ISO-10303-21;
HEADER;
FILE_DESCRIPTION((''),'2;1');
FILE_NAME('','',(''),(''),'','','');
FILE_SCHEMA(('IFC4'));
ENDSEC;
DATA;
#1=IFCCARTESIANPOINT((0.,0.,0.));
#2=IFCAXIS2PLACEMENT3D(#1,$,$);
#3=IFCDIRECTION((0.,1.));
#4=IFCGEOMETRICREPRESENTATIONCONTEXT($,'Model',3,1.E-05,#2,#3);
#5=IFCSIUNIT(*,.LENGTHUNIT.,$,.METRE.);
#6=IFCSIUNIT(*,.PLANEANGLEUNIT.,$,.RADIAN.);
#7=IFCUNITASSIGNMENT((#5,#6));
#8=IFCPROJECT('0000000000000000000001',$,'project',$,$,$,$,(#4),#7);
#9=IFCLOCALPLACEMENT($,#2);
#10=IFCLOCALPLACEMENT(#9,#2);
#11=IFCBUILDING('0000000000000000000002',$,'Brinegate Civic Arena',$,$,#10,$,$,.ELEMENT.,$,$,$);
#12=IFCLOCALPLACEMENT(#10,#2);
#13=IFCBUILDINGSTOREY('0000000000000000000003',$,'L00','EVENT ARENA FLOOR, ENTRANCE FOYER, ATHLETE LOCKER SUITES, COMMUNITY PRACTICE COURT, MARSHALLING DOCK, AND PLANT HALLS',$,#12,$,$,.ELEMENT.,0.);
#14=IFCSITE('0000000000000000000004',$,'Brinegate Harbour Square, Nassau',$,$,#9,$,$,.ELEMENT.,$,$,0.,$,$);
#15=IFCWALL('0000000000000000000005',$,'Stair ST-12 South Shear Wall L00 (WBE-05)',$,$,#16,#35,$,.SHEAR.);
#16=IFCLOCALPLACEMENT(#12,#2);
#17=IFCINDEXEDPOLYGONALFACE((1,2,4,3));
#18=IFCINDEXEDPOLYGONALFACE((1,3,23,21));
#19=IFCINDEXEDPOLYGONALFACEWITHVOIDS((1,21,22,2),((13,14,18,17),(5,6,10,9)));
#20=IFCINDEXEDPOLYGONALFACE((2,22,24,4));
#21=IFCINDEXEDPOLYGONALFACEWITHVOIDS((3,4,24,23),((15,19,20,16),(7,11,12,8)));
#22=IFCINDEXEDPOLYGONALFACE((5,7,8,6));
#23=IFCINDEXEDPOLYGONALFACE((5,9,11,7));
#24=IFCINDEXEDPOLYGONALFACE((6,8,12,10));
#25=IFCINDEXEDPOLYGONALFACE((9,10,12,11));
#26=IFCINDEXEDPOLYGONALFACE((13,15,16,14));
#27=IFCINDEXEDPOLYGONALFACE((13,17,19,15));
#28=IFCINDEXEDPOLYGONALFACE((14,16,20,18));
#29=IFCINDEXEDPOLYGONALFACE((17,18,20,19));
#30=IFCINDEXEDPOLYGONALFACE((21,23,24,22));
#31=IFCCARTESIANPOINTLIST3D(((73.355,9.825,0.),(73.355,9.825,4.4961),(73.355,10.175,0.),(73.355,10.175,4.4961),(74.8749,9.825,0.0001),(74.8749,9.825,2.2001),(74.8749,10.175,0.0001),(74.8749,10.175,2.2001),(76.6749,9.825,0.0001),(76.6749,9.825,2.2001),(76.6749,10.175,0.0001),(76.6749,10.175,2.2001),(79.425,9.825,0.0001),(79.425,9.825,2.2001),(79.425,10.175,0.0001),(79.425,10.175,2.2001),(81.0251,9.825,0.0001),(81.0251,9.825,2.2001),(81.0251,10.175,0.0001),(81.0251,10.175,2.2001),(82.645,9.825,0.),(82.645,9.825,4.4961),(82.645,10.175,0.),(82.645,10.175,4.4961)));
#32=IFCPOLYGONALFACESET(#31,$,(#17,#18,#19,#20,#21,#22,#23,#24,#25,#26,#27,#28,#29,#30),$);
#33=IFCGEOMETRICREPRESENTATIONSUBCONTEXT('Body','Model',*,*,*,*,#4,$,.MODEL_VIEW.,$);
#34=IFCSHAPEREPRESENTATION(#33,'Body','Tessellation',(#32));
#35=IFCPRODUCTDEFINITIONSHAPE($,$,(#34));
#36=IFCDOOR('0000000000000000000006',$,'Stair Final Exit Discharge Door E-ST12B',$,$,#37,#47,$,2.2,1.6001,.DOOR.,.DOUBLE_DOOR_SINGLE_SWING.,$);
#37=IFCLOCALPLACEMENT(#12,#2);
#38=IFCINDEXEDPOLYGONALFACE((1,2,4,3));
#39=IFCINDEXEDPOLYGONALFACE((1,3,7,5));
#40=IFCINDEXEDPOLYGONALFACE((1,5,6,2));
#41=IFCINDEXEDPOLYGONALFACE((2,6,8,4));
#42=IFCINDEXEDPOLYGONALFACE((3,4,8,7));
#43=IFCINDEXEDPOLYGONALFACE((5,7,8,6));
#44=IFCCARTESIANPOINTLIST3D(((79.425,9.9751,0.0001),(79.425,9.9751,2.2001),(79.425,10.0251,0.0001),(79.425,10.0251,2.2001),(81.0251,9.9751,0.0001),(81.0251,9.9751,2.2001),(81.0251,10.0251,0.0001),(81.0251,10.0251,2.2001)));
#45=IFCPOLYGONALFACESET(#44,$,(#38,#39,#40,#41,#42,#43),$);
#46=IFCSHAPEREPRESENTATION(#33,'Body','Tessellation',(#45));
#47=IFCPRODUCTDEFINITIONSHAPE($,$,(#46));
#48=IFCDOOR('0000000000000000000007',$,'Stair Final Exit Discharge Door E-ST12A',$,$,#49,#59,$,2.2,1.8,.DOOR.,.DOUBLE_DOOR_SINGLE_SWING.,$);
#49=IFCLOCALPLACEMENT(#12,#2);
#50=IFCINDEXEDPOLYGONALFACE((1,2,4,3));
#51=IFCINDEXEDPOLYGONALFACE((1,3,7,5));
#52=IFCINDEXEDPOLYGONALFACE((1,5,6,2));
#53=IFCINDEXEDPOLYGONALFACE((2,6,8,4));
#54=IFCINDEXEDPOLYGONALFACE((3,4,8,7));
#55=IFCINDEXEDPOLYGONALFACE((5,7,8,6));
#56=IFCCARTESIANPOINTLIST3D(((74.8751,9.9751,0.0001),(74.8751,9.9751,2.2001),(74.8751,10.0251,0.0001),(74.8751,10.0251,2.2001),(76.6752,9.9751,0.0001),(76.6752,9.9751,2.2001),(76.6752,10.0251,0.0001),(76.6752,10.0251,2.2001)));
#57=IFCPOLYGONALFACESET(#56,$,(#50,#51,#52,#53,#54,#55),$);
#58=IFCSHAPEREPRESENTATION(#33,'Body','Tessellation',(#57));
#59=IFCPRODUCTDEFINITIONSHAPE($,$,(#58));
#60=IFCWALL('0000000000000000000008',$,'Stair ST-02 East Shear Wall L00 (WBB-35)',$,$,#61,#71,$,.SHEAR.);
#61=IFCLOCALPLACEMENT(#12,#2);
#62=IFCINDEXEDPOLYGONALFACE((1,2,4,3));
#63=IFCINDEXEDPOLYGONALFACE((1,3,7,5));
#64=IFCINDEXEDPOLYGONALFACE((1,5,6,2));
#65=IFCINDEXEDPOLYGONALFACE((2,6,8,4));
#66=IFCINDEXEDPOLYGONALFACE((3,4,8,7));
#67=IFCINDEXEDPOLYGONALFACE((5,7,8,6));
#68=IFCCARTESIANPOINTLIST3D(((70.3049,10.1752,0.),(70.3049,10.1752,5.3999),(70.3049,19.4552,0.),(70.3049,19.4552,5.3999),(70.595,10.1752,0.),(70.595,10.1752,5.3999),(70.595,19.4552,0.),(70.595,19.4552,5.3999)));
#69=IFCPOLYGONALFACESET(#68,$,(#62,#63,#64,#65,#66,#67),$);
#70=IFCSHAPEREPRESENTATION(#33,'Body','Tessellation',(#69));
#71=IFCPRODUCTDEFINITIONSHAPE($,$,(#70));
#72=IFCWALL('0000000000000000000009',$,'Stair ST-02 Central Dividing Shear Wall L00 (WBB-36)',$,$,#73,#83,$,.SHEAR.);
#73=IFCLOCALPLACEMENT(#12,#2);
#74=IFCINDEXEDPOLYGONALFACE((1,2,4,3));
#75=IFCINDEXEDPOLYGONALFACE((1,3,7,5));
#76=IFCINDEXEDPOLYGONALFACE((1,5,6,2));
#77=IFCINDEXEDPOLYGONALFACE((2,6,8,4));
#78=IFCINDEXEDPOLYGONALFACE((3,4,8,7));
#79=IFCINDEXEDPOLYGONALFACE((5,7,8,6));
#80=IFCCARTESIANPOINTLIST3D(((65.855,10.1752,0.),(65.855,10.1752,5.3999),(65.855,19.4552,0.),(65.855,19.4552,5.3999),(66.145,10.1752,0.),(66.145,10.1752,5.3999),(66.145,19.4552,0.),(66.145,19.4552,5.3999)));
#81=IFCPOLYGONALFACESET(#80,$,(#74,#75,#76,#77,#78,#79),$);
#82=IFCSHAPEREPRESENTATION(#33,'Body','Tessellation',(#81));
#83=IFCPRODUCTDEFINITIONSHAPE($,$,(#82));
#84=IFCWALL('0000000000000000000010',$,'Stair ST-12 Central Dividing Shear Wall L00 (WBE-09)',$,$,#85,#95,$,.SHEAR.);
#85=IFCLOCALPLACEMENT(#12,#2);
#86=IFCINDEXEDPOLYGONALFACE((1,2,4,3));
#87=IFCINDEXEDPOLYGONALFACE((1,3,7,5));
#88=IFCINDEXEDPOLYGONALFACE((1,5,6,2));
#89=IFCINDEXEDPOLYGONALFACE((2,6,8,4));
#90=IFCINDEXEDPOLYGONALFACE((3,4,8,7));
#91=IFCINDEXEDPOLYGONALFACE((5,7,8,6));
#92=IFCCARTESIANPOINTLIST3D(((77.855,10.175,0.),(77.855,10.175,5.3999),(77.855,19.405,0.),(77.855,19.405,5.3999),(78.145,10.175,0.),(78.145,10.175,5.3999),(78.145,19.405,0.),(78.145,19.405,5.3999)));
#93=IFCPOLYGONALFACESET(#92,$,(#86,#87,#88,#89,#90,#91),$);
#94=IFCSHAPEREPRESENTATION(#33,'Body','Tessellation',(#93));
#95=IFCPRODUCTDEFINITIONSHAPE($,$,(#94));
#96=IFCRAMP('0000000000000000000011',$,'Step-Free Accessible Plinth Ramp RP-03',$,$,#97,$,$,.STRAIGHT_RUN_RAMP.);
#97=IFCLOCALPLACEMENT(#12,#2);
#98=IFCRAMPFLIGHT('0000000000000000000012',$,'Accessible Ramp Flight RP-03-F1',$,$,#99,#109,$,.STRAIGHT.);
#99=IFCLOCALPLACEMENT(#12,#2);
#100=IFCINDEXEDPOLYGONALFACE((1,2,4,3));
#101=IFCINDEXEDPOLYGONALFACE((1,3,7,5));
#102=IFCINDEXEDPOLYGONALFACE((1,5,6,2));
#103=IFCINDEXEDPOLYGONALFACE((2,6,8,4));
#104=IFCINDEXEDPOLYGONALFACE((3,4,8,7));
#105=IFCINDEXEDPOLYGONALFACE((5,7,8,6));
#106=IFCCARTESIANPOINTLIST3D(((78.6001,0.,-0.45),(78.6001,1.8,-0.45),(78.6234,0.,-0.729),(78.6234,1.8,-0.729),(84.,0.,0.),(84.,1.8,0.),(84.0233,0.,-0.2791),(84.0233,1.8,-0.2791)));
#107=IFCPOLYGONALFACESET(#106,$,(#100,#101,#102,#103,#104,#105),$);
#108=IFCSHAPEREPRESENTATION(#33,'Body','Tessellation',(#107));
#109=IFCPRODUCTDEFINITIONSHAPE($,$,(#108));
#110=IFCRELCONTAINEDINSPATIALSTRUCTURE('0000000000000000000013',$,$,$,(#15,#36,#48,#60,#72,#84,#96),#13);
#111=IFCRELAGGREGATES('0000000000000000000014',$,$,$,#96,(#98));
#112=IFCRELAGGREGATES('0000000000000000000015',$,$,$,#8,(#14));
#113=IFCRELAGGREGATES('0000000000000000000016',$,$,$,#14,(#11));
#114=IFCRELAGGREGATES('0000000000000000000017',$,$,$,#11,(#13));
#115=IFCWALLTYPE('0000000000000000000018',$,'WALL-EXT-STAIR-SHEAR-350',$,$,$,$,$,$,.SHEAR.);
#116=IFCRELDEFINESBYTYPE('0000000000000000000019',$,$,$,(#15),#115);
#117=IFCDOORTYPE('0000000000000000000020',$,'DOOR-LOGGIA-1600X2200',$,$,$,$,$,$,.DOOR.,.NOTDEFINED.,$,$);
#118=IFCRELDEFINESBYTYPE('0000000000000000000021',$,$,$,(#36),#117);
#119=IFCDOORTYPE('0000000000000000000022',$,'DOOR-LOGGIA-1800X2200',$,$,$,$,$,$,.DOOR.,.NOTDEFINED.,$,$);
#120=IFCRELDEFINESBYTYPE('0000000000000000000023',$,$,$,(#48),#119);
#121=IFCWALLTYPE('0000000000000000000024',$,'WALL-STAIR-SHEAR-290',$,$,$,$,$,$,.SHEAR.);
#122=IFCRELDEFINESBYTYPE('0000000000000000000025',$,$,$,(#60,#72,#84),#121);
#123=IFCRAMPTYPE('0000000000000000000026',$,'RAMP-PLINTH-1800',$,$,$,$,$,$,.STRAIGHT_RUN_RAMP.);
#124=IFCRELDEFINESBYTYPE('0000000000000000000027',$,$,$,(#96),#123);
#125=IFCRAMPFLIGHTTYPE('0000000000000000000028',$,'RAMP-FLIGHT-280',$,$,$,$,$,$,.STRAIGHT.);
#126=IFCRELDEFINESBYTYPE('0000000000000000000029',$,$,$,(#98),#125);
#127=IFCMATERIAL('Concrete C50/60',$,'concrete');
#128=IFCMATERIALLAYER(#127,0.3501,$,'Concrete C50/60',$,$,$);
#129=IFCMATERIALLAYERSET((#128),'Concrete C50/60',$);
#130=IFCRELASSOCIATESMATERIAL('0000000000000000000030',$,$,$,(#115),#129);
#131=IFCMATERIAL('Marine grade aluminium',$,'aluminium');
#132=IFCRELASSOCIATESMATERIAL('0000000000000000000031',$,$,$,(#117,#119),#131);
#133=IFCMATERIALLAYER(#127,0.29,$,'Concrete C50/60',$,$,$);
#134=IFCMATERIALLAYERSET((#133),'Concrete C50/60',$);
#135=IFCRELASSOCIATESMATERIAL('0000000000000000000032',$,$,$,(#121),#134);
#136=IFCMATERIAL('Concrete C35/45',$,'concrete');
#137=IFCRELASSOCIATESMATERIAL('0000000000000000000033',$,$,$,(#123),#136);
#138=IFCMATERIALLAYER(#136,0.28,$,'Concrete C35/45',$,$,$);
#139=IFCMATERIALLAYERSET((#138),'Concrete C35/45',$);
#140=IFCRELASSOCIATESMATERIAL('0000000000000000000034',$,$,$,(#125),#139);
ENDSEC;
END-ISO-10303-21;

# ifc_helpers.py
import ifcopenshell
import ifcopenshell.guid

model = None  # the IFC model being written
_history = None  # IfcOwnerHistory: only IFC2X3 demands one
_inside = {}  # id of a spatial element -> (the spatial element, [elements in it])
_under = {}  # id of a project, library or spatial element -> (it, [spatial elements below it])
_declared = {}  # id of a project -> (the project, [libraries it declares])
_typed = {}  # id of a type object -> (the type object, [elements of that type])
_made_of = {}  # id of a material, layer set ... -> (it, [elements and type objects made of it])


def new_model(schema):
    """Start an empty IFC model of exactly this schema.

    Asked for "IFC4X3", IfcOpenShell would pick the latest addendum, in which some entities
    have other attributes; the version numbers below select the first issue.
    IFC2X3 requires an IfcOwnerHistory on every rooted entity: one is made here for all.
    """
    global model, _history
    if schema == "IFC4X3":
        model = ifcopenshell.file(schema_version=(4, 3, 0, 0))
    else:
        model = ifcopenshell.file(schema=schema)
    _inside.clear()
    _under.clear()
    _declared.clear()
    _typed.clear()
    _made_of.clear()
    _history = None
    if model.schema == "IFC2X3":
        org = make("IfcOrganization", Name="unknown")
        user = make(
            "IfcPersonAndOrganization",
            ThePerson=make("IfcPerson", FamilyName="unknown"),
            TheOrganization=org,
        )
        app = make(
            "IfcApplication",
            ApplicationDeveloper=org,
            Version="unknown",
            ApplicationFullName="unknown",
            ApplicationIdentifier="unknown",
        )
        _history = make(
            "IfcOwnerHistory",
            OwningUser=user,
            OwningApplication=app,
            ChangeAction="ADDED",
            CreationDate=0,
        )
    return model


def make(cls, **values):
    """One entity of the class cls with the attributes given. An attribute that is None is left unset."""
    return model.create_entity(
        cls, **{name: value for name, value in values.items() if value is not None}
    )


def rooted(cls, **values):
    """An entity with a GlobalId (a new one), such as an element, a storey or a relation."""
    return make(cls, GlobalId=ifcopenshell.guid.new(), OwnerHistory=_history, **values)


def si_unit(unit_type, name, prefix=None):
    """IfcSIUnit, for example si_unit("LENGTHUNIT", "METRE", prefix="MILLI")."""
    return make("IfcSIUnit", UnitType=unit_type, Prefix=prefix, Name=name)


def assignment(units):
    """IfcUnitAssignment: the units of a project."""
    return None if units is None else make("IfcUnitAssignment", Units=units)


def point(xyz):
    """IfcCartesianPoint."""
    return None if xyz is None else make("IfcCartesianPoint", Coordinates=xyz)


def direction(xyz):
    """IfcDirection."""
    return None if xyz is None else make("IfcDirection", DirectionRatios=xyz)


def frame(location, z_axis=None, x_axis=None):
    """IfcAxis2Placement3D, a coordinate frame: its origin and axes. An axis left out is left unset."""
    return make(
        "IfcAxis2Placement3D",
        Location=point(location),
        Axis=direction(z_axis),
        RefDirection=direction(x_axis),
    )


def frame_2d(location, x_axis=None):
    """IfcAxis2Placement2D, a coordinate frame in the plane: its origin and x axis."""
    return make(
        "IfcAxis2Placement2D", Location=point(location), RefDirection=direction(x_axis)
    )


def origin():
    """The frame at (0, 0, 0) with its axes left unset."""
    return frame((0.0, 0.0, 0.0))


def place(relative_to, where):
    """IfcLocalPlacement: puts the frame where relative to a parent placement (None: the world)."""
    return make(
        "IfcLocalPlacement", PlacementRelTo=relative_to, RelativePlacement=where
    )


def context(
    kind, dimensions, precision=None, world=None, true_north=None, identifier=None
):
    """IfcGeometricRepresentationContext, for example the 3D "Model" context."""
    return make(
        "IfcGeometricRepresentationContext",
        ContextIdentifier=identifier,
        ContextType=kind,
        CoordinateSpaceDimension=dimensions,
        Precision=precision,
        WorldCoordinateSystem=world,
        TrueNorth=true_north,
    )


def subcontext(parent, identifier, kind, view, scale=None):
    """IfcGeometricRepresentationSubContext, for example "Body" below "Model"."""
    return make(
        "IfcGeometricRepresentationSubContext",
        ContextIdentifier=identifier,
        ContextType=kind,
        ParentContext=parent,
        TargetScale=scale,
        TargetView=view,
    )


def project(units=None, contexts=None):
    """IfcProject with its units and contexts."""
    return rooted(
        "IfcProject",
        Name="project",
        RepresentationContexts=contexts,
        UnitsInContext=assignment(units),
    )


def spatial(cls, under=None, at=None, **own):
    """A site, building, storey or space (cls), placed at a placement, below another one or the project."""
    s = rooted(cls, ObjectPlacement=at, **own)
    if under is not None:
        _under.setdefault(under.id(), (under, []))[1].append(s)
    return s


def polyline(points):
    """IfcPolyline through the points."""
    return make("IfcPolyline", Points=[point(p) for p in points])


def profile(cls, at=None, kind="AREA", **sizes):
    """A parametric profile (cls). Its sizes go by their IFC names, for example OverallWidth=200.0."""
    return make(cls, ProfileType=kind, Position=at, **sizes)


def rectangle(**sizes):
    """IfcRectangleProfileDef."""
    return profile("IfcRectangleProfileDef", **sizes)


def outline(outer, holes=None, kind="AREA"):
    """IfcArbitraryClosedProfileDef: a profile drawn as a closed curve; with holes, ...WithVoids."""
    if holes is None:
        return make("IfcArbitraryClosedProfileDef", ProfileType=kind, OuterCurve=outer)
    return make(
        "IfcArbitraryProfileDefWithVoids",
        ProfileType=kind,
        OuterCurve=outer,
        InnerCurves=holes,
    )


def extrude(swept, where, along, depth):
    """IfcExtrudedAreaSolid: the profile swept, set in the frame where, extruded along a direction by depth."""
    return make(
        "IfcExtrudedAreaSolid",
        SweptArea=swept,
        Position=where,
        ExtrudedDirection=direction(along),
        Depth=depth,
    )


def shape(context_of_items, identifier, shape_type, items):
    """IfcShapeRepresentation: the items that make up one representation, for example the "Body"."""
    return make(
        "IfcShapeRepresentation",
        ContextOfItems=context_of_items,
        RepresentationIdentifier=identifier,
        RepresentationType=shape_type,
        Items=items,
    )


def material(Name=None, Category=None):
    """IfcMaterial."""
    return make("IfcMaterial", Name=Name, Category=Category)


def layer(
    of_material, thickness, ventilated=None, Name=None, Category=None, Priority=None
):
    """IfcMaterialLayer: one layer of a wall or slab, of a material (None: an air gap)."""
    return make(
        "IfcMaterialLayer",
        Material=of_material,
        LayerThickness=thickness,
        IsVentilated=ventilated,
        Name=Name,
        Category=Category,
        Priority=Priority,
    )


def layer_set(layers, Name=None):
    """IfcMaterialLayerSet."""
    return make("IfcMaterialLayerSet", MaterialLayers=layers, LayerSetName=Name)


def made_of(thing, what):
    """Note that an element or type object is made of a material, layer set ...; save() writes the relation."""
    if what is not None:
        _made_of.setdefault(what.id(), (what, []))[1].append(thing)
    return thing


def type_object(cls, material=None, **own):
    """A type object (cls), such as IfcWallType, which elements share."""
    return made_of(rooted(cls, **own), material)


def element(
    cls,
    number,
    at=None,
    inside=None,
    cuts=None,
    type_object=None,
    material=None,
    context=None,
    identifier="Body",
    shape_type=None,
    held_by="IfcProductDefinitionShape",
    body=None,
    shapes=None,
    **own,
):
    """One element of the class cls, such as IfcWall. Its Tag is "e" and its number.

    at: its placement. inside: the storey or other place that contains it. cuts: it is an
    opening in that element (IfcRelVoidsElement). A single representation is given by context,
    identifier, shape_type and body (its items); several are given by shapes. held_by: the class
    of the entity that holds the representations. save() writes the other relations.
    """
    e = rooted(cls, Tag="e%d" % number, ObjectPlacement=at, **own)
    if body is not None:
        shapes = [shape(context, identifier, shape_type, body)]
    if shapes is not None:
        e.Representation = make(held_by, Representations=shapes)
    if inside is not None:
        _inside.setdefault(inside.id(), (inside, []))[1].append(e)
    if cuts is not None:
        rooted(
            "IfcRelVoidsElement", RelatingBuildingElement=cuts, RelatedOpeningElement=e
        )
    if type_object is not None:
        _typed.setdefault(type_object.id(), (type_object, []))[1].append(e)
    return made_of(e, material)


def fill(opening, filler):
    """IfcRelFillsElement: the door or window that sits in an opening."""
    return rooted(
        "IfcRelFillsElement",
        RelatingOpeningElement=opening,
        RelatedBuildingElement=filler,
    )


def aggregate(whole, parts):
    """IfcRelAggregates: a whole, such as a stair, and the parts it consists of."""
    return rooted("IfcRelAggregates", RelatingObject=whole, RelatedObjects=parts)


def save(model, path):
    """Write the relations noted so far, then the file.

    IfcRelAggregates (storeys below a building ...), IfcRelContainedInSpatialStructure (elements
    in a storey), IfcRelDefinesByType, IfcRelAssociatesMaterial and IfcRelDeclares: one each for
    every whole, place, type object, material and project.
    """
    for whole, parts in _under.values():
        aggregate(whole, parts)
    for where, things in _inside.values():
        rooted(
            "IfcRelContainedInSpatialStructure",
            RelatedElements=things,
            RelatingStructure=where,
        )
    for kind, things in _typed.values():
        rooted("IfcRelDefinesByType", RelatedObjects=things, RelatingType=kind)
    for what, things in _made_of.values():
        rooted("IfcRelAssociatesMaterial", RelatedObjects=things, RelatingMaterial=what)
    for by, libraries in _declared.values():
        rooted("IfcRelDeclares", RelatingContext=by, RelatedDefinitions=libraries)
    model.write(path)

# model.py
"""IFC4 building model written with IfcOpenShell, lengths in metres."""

from ifc_helpers import new_model, si_unit, direction, frame, frame_2d, origin, place, context, subcontext, project, spatial, polyline, rectangle, outline, extrude, material, layer, layer_set, type_object, element, fill, aggregate, save


model = new_model("IFC4")

# Units and contexts
model_context = context("Model", 3, precision=1e-05, world=origin(), true_north=direction((0.0, 1.0)))
body_context = subcontext(model_context, "Body", "Model", "MODEL_VIEW")
ifc_project = project(units=[si_unit("LENGTHUNIT", "METRE"), si_unit("PLANEANGLEUNIT", "RADIAN")], contexts=[model_context])

# Site, building, storey
site_placement = place(None, origin())
site = spatial("IfcSite", under=ifc_project, at=site_placement, Name="Brinegate Harbour Square, Nassau", CompositionType="ELEMENT", RefElevation=0.0)
building_placement = place(site_placement, origin())
building = spatial("IfcBuilding", under=site, at=building_placement, Name="Brinegate Civic Arena", CompositionType="ELEMENT")
storey_placement = place(building_placement, origin())
storey = spatial("IfcBuildingStorey", under=building, at=storey_placement, Name="L00", Description="EVENT ARENA FLOOR, ENTRANCE FOYER, ATHLETE LOCKER SUITES, COMMUNITY PRACTICE COURT, MARSHALLING DOCK, AND PLANT HALLS", CompositionType="ELEMENT", Elevation=0.0)

# Shared definitions
ifc_material_1 = material(Name="Concrete C50/60", Category="concrete")

# Wall, openings, doors
ifc_layer_1 = layer(ifc_material_1, 0.3501, Name="Concrete C50/60")
ifc_layer_set_1 = layer_set([ifc_layer_1], Name="Concrete C50/60")
wall_type_1 = type_object("IfcWallType", Name="WALL-EXT-STAIR-SHEAR-350", PredefinedType="SHEAR", material=ifc_layer_set_1)
wall_1_placement = place(storey_placement, frame((73.355, 10.0, 0.0), z_axis=(0.0, 0.0, 1.0), x_axis=(1.0, 0.0, 0.0)))
wall_1 = element("IfcWall", 1, at=wall_1_placement, inside=storey, type_object=wall_type_1, Name="Stair ST-12 South Shear Wall L00 (WBE-05)", PredefinedType="SHEAR", context=body_context, shape_type="SweptSolid", body=[
    extrude(rectangle(XDim=9.29, YDim=0.3501, at=frame_2d((4.645, 0.0))), origin(), (0.0, 0.0, 1.0), 4.4961),
])
opening_1_placement = place(wall_1_placement, frame((1.52, 0.0, 0.0)))
opening_1 = element("IfcOpeningElement", 2, at=opening_1_placement, cuts=wall_1, PredefinedType="OPENING", context=body_context, shape_type="SweptSolid", body=[
    extrude(rectangle(XDim=1.8, YDim=2.2, at=frame_2d((0.8999, 1.1001))), frame((0.0, 0.1851, 0.0), z_axis=(0.0, -1.0, 0.0), x_axis=(1.0, 0.0, 0.0)), (0.0, 0.0, 1.0), 0.3701),
])
opening_2_placement = place(wall_1_placement, frame((6.0701, 0.0, 0.0)))
opening_2 = element("IfcOpeningElement", 3, at=opening_2_placement, cuts=wall_1, PredefinedType="OPENING", context=body_context, shape_type="SweptSolid", body=[
    extrude(rectangle(XDim=1.6001, YDim=2.2, at=frame_2d((0.8, 1.1001))), frame((0.0, 0.1851, 0.0), z_axis=(0.0, -1.0, 0.0), x_axis=(1.0, 0.0, 0.0)), (0.0, 0.0, 1.0), 0.3701),
])
ifc_material_2 = material(Name="Marine grade aluminium", Category="aluminium")
door_type_1 = type_object("IfcDoorType", Name="DOOR-LOGGIA-1600X2200", OperationType="NOTDEFINED", PredefinedType="DOOR", material=ifc_material_2)
door_1_placement = place(opening_2_placement, frame((1.6001, 0.0, 0.0), z_axis=(0.0, 0.0, 1.0), x_axis=(-1.0, 0.0, 0.0)))
door_1 = element("IfcDoor", 4, at=door_1_placement, inside=storey, type_object=door_type_1, Name="Stair Final Exit Discharge Door E-ST12B", OperationType="DOUBLE_DOOR_SINGLE_SWING", OverallHeight=2.2, OverallWidth=1.6001, PredefinedType="DOOR", context=body_context, shape_type="SweptSolid", body=[
    extrude(rectangle(XDim=1.6001, YDim=2.2, at=frame_2d((0.8, 1.1001))), frame((0.0, 0.0249, 0.0), z_axis=(0.0, -1.0, 0.0), x_axis=(1.0, 0.0, 0.0)), (0.0, 0.0, 1.0), 0.05),
])
fill(opening_2, door_1)
door_type_2 = type_object("IfcDoorType", Name="DOOR-LOGGIA-1800X2200", OperationType="NOTDEFINED", PredefinedType="DOOR", material=ifc_material_2)
door_2_placement = place(opening_1_placement, frame((1.8, 0.0, 0.0), z_axis=(0.0, 0.0, 1.0), x_axis=(-1.0, 0.0, 0.0)))
door_2 = element("IfcDoor", 5, at=door_2_placement, inside=storey, type_object=door_type_2, Name="Stair Final Exit Discharge Door E-ST12A", OperationType="DOUBLE_DOOR_SINGLE_SWING", OverallHeight=2.2, OverallWidth=1.8, PredefinedType="DOOR", context=body_context, shape_type="SweptSolid", body=[
    extrude(rectangle(XDim=1.8, YDim=2.2, at=frame_2d((0.8999, 1.1001))), frame((0.0, 0.0249, 0.0), z_axis=(0.0, -1.0, 0.0), x_axis=(1.0, 0.0, 0.0)), (0.0, 0.0, 1.0), 0.05),
])
fill(opening_1, door_2)

# Walls
ifc_layer_2 = layer(ifc_material_1, 0.29, Name="Concrete C50/60")
ifc_layer_set_2 = layer_set([ifc_layer_2], Name="Concrete C50/60")
wall_type_2 = type_object("IfcWallType", Name="WALL-STAIR-SHEAR-290", PredefinedType="SHEAR", material=ifc_layer_set_2)
for number, where, z_axis, x_axis, name in (
    (6, (70.45, 10.175, 0.0), (0.0, 0.0, 1.0), (0.0, 1.0, 0.0), "Stair ST-02 East Shear Wall L00 (WBB-35)"),
    (7, (66.0, 10.175, 0.0), (0.0, 0.0, 1.0), (0.0, 1.0, 0.0), "Stair ST-02 Central Dividing Shear Wall L00 (WBB-36)"),
):
    element("IfcWall", number, at=place(storey_placement, frame(where, z_axis=z_axis, x_axis=x_axis)), inside=storey, type_object=wall_type_2, Name=name, PredefinedType="SHEAR", context=body_context, shape_type="SweptSolid", body=[
        extrude(rectangle(XDim=9.28, YDim=0.29, at=frame_2d((4.6401, 0.0))), origin(), (0.0, 0.0, 1.0), 5.3999),
    ])
wall_2_placement = place(storey_placement, frame((78.0, 10.175, 0.0), z_axis=(0.0, 0.0, 1.0), x_axis=(0.0, 1.0, 0.0)))
element("IfcWall", 8, at=wall_2_placement, inside=storey, type_object=wall_type_2, Name="Stair ST-12 Central Dividing Shear Wall L00 (WBE-09)", PredefinedType="SHEAR", context=body_context, shape_type="SweptSolid", body=[
    extrude(rectangle(XDim=9.23, YDim=0.29, at=frame_2d((4.615, 0.0))), origin(), (0.0, 0.0, 1.0), 5.3999),
])

# Ramp, ramp flight
ifc_material_3 = material(Name="Concrete C35/45", Category="concrete")
ramp_type = type_object("IfcRampType", Name="RAMP-PLINTH-1800", PredefinedType="STRAIGHT_RUN_RAMP", material=ifc_material_3)
ramp_placement = place(storey_placement, origin())
ramp = element("IfcRamp", 9, at=ramp_placement, inside=storey, type_object=ramp_type, Name="Step-Free Accessible Plinth Ramp RP-03", PredefinedType="STRAIGHT_RUN_RAMP")
ifc_layer_3 = layer(ifc_material_3, 0.28, Name="Concrete C35/45")
ifc_layer_set_3 = layer_set([ifc_layer_3], Name="Concrete C35/45")
ramp_flight_type = type_object("IfcRampFlightType", Name="RAMP-FLIGHT-280", PredefinedType="STRAIGHT", material=ifc_layer_set_3)
ramp_flight_placement = place(storey_placement, frame((78.6001, 0.0, -0.45), z_axis=(-0.083038, 0.0, 0.996546), x_axis=(0.996546, 0.0, 0.083038)))
ramp_flight = element("IfcRampFlight", 10, at=ramp_flight_placement, type_object=ramp_flight_type, Name="Accessible Ramp Flight RP-03-F1", PredefinedType="STRAIGHT", context=body_context, shape_type="SweptSolid", body=[
    extrude(outline(polyline([(0.0, 0.0), (5.4186, 0.0), (5.4186, 1.8), (0.0, 1.8), (0.0, 0.0)])), origin(), (0.0, 0.0, -1.0), 0.28),
])
aggregate(ramp, [ramp_flight])

save(model, "model.ifc")
